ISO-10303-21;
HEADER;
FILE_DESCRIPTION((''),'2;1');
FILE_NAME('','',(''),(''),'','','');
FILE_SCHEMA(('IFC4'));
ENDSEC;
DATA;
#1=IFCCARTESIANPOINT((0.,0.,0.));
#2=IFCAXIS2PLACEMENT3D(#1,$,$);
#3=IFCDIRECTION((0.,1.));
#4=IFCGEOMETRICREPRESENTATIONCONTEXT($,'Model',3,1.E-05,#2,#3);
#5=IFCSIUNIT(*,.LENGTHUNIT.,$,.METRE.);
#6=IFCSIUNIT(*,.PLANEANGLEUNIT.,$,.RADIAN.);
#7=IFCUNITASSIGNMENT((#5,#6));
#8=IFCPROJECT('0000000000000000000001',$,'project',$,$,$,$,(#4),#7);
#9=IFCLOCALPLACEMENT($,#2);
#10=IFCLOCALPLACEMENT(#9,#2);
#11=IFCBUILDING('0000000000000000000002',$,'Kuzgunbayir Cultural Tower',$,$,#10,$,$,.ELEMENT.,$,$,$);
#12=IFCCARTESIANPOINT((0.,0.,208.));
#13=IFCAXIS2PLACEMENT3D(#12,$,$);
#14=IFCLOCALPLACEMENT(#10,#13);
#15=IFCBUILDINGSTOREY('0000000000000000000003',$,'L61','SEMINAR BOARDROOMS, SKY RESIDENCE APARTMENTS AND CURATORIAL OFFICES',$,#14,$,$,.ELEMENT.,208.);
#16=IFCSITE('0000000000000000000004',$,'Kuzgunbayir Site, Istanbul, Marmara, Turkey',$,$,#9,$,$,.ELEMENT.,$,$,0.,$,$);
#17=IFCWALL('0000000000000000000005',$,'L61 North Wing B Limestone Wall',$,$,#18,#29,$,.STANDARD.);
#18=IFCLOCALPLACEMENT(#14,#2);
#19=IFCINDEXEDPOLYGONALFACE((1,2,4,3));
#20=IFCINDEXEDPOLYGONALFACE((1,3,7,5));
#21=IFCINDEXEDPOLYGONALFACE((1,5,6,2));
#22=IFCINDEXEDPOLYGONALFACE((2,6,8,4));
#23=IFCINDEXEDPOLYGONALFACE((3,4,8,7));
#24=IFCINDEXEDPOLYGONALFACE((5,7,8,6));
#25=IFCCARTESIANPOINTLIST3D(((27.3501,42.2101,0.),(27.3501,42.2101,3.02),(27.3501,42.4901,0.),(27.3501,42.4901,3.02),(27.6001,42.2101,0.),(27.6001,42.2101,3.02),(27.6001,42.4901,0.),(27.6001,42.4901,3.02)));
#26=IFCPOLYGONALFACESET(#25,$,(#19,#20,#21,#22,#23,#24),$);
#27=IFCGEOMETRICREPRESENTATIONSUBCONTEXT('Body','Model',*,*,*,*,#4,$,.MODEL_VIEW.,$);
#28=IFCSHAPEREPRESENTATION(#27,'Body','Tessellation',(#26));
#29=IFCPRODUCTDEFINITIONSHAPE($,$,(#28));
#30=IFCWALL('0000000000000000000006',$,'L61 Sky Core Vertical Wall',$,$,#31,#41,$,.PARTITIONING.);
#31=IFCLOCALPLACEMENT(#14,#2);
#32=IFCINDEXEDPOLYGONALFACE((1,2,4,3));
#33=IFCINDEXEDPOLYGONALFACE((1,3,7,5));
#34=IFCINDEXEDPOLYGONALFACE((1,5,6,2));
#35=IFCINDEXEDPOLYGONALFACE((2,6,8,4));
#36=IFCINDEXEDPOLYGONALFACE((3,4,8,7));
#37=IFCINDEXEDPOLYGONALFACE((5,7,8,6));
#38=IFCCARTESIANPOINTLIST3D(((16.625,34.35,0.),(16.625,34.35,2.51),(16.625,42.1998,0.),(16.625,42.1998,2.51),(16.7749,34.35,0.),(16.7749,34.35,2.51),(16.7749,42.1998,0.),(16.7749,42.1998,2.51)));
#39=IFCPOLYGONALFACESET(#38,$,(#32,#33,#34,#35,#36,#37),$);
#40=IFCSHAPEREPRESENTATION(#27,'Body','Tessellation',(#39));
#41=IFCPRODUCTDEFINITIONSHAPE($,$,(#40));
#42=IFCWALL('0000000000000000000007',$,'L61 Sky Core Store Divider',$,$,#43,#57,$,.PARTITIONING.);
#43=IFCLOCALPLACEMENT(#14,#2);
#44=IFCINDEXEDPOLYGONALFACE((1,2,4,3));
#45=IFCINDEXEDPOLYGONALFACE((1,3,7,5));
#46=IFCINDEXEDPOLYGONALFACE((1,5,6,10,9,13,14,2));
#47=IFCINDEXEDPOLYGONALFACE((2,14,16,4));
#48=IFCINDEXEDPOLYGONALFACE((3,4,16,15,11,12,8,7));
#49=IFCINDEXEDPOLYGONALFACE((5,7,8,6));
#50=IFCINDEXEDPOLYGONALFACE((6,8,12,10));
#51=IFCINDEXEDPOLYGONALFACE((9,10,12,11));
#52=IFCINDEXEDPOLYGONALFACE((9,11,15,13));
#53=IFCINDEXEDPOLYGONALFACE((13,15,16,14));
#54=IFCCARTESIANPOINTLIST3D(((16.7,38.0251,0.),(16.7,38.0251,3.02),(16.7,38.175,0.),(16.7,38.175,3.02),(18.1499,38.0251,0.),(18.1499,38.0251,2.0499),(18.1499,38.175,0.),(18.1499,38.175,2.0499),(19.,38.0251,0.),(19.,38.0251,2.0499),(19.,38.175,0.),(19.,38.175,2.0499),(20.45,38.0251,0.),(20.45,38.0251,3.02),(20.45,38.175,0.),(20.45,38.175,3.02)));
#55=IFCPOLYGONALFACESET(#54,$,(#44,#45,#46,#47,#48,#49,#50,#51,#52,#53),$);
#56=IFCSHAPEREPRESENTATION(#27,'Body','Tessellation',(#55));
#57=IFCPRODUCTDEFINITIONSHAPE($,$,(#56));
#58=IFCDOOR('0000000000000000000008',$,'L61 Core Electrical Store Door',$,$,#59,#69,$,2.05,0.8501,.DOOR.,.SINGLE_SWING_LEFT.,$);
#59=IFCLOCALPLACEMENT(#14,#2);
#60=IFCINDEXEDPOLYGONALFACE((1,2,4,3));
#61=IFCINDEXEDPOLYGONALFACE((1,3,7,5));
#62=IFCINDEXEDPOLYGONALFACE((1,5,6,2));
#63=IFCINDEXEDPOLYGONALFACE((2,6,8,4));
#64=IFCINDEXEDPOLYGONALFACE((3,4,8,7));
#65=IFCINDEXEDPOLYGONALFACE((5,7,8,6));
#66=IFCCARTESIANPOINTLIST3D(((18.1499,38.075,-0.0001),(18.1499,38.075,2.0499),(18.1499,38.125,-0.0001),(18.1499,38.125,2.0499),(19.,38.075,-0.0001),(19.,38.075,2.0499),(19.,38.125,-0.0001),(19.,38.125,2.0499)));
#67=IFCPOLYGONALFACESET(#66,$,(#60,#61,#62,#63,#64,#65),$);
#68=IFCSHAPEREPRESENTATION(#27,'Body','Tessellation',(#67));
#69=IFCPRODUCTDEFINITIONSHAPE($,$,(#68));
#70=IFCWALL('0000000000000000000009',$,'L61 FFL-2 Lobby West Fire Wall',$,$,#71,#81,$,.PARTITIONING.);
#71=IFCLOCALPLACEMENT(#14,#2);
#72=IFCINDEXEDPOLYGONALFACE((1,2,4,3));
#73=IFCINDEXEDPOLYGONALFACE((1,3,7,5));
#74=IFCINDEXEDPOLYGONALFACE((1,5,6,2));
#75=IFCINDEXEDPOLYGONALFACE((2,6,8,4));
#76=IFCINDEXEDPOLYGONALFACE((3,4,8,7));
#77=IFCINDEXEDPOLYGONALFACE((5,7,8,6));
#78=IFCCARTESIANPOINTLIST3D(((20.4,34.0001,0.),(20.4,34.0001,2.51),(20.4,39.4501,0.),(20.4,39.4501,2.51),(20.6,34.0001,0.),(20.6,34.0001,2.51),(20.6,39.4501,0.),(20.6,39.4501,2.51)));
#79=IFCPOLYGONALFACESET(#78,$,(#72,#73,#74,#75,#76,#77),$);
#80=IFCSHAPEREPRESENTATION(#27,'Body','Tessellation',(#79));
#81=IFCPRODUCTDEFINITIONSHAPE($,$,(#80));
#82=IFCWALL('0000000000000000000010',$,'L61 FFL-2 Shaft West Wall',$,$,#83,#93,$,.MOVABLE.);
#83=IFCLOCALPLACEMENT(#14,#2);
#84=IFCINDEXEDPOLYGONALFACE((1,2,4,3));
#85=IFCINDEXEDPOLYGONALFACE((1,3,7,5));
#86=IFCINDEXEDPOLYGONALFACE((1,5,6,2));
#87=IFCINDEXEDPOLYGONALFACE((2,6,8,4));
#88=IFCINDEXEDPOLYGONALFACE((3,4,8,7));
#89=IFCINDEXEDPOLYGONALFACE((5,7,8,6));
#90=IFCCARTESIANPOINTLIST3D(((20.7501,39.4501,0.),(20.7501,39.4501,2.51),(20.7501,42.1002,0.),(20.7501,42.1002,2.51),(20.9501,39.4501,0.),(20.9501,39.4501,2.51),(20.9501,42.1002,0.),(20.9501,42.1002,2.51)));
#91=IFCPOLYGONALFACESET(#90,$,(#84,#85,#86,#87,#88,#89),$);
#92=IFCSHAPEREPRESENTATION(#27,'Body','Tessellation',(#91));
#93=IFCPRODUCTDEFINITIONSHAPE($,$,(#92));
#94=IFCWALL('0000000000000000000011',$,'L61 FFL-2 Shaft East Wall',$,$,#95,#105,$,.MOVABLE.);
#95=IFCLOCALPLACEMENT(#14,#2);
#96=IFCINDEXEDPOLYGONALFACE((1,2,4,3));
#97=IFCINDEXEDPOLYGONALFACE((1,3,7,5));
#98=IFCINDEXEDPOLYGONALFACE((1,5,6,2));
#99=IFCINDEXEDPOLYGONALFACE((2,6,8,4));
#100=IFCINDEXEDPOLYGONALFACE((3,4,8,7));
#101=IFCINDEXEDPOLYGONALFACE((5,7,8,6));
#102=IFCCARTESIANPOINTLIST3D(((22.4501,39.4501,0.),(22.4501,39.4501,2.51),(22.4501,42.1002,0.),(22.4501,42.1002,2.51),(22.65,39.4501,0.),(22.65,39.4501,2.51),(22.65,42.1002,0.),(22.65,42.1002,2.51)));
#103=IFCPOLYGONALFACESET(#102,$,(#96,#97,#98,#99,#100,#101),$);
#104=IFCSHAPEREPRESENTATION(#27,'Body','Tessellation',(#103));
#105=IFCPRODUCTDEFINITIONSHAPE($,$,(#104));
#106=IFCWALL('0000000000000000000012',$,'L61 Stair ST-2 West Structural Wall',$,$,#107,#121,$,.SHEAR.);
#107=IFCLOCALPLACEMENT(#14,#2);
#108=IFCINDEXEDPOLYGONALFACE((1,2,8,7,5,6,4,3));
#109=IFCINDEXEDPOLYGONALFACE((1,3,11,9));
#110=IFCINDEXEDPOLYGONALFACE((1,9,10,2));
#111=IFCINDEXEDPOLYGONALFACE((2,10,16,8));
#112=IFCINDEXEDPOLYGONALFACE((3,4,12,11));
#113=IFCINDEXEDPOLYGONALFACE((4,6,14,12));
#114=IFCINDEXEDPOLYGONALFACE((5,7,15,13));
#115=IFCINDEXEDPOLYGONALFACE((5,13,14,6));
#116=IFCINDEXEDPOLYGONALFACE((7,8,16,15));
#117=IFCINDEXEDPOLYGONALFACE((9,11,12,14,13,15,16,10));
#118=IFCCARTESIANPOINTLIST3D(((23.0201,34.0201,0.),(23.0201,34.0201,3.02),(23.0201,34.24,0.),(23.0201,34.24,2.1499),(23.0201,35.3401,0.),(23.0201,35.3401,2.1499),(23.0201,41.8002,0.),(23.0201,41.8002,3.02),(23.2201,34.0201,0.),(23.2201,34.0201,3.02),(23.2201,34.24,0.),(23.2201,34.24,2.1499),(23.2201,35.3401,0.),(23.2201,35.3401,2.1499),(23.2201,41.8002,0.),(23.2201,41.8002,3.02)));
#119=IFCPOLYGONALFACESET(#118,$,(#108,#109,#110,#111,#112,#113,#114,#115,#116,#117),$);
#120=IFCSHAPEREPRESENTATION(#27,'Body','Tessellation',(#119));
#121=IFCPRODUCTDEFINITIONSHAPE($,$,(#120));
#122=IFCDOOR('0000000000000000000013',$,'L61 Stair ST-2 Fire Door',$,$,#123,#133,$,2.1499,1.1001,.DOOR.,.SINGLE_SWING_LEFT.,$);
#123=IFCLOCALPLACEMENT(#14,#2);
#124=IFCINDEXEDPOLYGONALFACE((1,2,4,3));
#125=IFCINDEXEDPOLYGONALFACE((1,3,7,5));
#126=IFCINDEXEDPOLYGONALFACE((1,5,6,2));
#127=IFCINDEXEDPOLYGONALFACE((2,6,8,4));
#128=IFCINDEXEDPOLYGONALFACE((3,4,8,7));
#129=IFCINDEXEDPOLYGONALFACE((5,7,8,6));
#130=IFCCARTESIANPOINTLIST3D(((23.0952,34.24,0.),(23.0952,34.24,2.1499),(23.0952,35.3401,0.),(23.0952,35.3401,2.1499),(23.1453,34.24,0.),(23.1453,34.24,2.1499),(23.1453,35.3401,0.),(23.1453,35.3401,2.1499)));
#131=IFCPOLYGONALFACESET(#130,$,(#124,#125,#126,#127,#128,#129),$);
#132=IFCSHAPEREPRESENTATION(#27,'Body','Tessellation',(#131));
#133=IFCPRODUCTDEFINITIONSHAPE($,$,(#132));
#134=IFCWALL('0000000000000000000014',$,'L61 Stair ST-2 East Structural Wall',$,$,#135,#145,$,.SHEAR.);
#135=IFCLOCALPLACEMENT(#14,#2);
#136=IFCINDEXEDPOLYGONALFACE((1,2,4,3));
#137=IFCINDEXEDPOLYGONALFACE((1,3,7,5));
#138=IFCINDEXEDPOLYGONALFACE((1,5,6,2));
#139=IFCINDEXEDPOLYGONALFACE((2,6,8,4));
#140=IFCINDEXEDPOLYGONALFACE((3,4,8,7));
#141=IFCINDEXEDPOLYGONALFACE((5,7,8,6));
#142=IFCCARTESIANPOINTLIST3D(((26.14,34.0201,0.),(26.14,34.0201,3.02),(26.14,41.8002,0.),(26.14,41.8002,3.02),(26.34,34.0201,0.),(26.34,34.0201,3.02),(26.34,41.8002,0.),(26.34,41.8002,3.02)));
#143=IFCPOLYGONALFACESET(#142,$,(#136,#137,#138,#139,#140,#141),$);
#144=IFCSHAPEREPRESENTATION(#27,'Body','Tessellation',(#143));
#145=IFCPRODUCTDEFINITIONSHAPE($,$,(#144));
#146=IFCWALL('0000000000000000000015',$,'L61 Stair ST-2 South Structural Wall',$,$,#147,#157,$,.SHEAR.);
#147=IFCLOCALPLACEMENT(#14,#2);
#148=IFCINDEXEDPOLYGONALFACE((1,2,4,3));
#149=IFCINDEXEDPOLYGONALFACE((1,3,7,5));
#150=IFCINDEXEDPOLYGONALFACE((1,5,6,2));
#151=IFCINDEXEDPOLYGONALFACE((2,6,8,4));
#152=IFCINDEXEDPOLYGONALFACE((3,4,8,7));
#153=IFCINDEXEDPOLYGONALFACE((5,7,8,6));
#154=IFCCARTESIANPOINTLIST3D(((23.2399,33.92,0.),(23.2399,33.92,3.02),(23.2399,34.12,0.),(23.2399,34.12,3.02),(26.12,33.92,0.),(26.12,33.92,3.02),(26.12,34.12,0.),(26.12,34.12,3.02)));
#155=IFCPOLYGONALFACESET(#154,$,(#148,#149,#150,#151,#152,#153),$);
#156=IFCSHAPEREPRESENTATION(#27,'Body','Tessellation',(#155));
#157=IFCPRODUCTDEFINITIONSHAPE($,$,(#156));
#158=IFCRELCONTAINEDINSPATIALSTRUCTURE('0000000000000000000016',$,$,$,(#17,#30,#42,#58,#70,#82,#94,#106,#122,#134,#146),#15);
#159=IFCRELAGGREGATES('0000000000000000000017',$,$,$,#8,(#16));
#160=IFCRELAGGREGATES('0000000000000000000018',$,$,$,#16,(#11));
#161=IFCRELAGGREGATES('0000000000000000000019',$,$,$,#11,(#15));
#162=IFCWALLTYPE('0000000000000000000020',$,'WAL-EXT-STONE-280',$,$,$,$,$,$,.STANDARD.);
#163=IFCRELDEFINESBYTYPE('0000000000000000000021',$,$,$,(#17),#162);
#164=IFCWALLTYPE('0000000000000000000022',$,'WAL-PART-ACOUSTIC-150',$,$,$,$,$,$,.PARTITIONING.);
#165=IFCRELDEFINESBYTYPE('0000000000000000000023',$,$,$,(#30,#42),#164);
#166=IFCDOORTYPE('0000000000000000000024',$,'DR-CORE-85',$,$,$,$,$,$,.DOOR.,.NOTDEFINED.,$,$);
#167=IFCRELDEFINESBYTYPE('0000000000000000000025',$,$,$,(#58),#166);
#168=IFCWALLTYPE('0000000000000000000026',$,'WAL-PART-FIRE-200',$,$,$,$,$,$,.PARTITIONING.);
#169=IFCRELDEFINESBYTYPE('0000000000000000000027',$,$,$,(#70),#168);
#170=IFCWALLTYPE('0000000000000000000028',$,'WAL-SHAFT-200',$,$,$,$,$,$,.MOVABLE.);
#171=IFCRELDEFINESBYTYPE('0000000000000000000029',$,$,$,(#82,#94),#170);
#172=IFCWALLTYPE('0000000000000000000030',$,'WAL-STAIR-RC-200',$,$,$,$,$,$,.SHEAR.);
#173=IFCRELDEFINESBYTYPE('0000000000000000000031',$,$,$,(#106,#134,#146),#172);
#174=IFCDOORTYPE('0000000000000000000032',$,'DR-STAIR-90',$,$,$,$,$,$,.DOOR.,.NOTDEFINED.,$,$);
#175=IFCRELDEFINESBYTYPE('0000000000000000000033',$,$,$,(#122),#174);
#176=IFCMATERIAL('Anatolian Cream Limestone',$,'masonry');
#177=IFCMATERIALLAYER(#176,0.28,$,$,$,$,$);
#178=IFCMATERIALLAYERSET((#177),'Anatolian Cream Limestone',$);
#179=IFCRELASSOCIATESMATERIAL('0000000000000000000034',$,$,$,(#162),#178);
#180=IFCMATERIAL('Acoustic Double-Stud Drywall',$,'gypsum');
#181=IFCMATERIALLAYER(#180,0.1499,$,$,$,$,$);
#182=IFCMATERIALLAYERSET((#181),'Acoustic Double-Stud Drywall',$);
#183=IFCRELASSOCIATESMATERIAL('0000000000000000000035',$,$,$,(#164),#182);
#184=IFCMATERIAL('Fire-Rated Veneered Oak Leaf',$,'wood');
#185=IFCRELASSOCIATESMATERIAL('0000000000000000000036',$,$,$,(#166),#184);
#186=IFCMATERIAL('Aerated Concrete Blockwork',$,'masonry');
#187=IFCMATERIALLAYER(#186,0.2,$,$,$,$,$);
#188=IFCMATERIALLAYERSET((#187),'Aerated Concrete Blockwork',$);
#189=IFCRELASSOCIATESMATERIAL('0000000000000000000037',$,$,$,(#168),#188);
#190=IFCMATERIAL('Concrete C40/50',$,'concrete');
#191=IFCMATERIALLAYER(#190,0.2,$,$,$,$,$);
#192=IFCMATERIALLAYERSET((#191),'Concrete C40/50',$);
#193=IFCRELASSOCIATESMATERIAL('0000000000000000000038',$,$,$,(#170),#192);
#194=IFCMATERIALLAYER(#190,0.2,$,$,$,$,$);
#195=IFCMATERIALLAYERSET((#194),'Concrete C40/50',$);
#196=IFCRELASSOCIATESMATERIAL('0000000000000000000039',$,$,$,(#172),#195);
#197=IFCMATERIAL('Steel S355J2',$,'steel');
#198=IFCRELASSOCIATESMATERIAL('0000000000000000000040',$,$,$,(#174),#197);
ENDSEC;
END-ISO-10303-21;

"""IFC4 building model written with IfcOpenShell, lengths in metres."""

from ifc_helpers import new_model, si_unit, direction, frame, frame_2d, origin, place, context, subcontext, project, spatial, rectangle, extrude, material, layer, layer_set, type_object, element, fill, save


model = new_model("IFC4")

# Units and contexts
model_context = context("Model", 3, precision=1e-05, world=origin(), true_north=direction((0.0, 1.0)))
body_context = subcontext(model_context, "Body", "Model", "MODEL_VIEW")
ifc_project = project(units=[si_unit("LENGTHUNIT", "METRE"), si_unit("PLANEANGLEUNIT", "RADIAN")], contexts=[model_context])

# Site, building, storey
site_placement = place(None, origin())
site = spatial("IfcSite", under=ifc_project, at=site_placement, Name="Kuzgunbayir Site, Istanbul, Marmara, Turkey", CompositionType="ELEMENT", RefElevation=0.0)
building_placement = place(site_placement, origin())
building = spatial("IfcBuilding", under=site, at=building_placement, Name="Kuzgunbayir Cultural Tower", CompositionType="ELEMENT")
storey_placement = place(building_placement, frame((0.0, 0.0, 208.0)))
storey = spatial("IfcBuildingStorey", under=building, at=storey_placement, Name="L61", Description="SEMINAR BOARDROOMS, SKY RESIDENCE APARTMENTS AND CURATORIAL OFFICES", CompositionType="ELEMENT", Elevation=208.0)

# Shared definitions
ifc_material_1 = material(Name="Steel S355J2", Category="steel")

# Walls
ifc_material_2 = material(Name="Anatolian Cream Limestone", Category="masonry")
ifc_layer_1 = layer(ifc_material_2, 0.28)
ifc_layer_set_1 = layer_set([ifc_layer_1], Name="Anatolian Cream Limestone")
wall_type_1 = type_object("IfcWallType", Name="WAL-EXT-STONE-280", PredefinedType="STANDARD", material=ifc_layer_set_1)
wall_1_placement = place(storey_placement, frame((27.6001, 42.3501, 0.0), z_axis=(0.0, 0.0, 1.0), x_axis=(-1.0, 0.0, 0.0)))
element("IfcWall", 1, at=wall_1_placement, inside=storey, type_object=wall_type_1, Name="L61 North Wing B Limestone Wall", PredefinedType="STANDARD", context=body_context, shape_type="SweptSolid", body=[
    extrude(rectangle(XDim=0.25, YDim=0.28, at=frame_2d((0.125, 0.0))), origin(), (0.0, 0.0, 1.0), 3.02),
])
ifc_material_3 = material(Name="Acoustic Double-Stud Drywall", Category="gypsum")
ifc_layer_2 = layer(ifc_material_3, 0.1499)
ifc_layer_set_2 = layer_set([ifc_layer_2], Name="Acoustic Double-Stud Drywall")
wall_type_2 = type_object("IfcWallType", Name="WAL-PART-ACOUSTIC-150", PredefinedType="PARTITIONING", material=ifc_layer_set_2)
wall_2_placement = place(storey_placement, frame((16.7, 34.3501, 0.0), z_axis=(0.0, 0.0, 1.0), x_axis=(0.0, 1.0, 0.0)))
element("IfcWall", 2, at=wall_2_placement, inside=storey, type_object=wall_type_2, Name="L61 Sky Core Vertical Wall", PredefinedType="PARTITIONING", context=body_context, shape_type="SweptSolid", body=[
    extrude(rectangle(XDim=7.8499, YDim=0.1499, at=frame_2d((3.9248, 0.0))), origin(), (0.0, 0.0, 1.0), 2.51),
])

# Wall, opening, door
wall_3_placement = place(storey_placement, frame((16.7, 38.1001, 0.0), z_axis=(0.0, 0.0, 1.0), x_axis=(1.0, 0.0, 0.0)))
wall_3 = element("IfcWall", 3, at=wall_3_placement, inside=storey, type_object=wall_type_2, Name="L61 Sky Core Store Divider", PredefinedType="PARTITIONING", context=body_context, shape_type="SweptSolid", body=[
    extrude(rectangle(XDim=3.75, YDim=0.1499, at=frame_2d((1.875, 0.0))), origin(), (0.0, 0.0, 1.0), 3.02),
])
opening_1_placement = place(wall_3_placement, frame((1.45, 0.0, 0.0)))
opening_1 = element("IfcOpeningElement", 4, at=opening_1_placement, cuts=wall_3, PredefinedType="OPENING", context=body_context, shape_type="SweptSolid", body=[
    extrude(rectangle(XDim=0.8501, YDim=2.05, at=frame_2d((0.425, 1.0249))), frame((0.0, 0.085, 0.0), z_axis=(0.0, -1.0, 0.0), x_axis=(1.0, 0.0, 0.0)), (0.0, 0.0, 1.0), 0.1699),
])
ifc_material_4 = material(Name="Fire-Rated Veneered Oak Leaf", Category="wood")
door_type_1 = type_object("IfcDoorType", Name="DR-CORE-85", OperationType="NOTDEFINED", PredefinedType="DOOR", material=ifc_material_4)
door_1_placement = place(opening_1_placement, origin())
door_1 = element("IfcDoor", 5, at=door_1_placement, inside=storey, type_object=door_type_1, Name="L61 Core Electrical Store Door", OperationType="SINGLE_SWING_LEFT", OverallHeight=2.05, OverallWidth=0.8501, PredefinedType="DOOR", context=body_context, shape_type="SweptSolid", body=[
    extrude(rectangle(XDim=0.8501, YDim=2.05, at=frame_2d((0.425, 1.0249))), frame((0.0, 0.0249, 0.0), z_axis=(0.0, -1.0, 0.0), x_axis=(1.0, 0.0, 0.0)), (0.0, 0.0, 1.0), 0.05),
])
fill(opening_1, door_1)

# Wall
ifc_material_5 = material(Name="Aerated Concrete Blockwork", Category="masonry")
ifc_layer_3 = layer(ifc_material_5, 0.2)
ifc_layer_set_3 = layer_set([ifc_layer_3], Name="Aerated Concrete Blockwork")
wall_type_3 = type_object("IfcWallType", Name="WAL-PART-FIRE-200", PredefinedType="PARTITIONING", material=ifc_layer_set_3)
wall_4_placement = place(storey_placement, frame((20.5, 34.0, 0.0), z_axis=(0.0, 0.0, 1.0), x_axis=(0.0, 1.0, 0.0)))
element("IfcWall", 6, at=wall_4_placement, inside=storey, type_object=wall_type_3, Name="L61 FFL-2 Lobby West Fire Wall", PredefinedType="PARTITIONING", context=body_context, shape_type="SweptSolid", body=[
    extrude(rectangle(XDim=5.45, YDim=0.2, at=frame_2d((2.7251, 0.0))), origin(), (0.0, 0.0, 1.0), 2.51),
])

# Shared definitions
ifc_material_6 = material(Name="Concrete C40/50", Category="concrete")
ifc_layer_4 = layer(ifc_material_6, 0.2)
ifc_layer_set_4 = layer_set([ifc_layer_4], Name="Concrete C40/50")
wall_type_4 = type_object("IfcWallType", Name="WAL-SHAFT-200", PredefinedType="MOVABLE", material=ifc_layer_set_4)

# Walls
for number, where, z_axis, x_axis, name in (
    (7, (20.8501, 39.45, 0.0), (0.0, 0.0, 1.0), (0.0, 1.0, 0.0), "L61 FFL-2 Shaft West Wall"),
    (8, (22.55, 39.45, 0.0), (0.0, 0.0, 1.0), (0.0, 1.0, 0.0), "L61 FFL-2 Shaft East Wall"),
):
    element("IfcWall", number, at=place(storey_placement, frame(where, z_axis=z_axis, x_axis=x_axis)), inside=storey, type_object=wall_type_4, Name=name, PredefinedType="MOVABLE", context=body_context, shape_type="SweptSolid", body=[
        extrude(rectangle(XDim=2.6501, YDim=0.2, at=frame_2d((1.3252, 0.0))), origin(), (0.0, 0.0, 1.0), 2.51),
    ])

# Wall, opening, door
ifc_layer_5 = layer(ifc_material_6, 0.2)
ifc_layer_set_5 = layer_set([ifc_layer_5], Name="Concrete C40/50")
wall_type_5 = type_object("IfcWallType", Name="WAL-STAIR-RC-200", PredefinedType="SHEAR", material=ifc_layer_set_5)
wall_5_placement = place(storey_placement, frame((23.1201, 34.02, 0.0), z_axis=(0.0, 0.0, 1.0), x_axis=(0.0, 1.0, 0.0)))
wall_5 = element("IfcWall", 9, at=wall_5_placement, inside=storey, type_object=wall_type_5, Name="L61 Stair ST-2 West Structural Wall", PredefinedType="SHEAR", context=body_context, shape_type="SweptSolid", body=[
    extrude(rectangle(XDim=7.78, YDim=0.2, at=frame_2d((3.8901, 0.0))), origin(), (0.0, 0.0, 1.0), 3.02),
])
opening_2_placement = place(wall_5_placement, frame((0.22, 0.0, 0.0)))
opening_2 = element("IfcOpeningElement", 10, at=opening_2_placement, cuts=wall_5, PredefinedType="OPENING", context=body_context, shape_type="SweptSolid", body=[
    extrude(rectangle(XDim=1.1001, YDim=2.1499, at=frame_2d((0.55, 1.075))), frame((0.0, 0.1099, 0.0), z_axis=(0.0, -1.0, 0.0), x_axis=(1.0, 0.0, 0.0)), (0.0, 0.0, 1.0), 0.22),
])
door_type_2 = type_object("IfcDoorType", Name="DR-STAIR-90", OperationType="NOTDEFINED", PredefinedType="DOOR", material=ifc_material_1)
door_2_placement = place(opening_2_placement, origin())
door_2 = element("IfcDoor", 11, at=door_2_placement, inside=storey, type_object=door_type_2, Name="L61 Stair ST-2 Fire Door", OperationType="SINGLE_SWING_LEFT", OverallHeight=2.1499, OverallWidth=1.1001, PredefinedType="DOOR", context=body_context, shape_type="SweptSolid", body=[
    extrude(rectangle(XDim=1.1001, YDim=2.1499, at=frame_2d((0.55, 1.075))), frame((0.0, 0.0249, 0.0), z_axis=(0.0, -1.0, 0.0), x_axis=(1.0, 0.0, 0.0)), (0.0, 0.0, 1.0), 0.05),
])
fill(opening_2, door_2)

# Walls
wall_6_placement = place(storey_placement, frame((26.24, 34.02, 0.0), z_axis=(0.0, 0.0, 1.0), x_axis=(0.0, 1.0, 0.0)))
element("IfcWall", 12, at=wall_6_placement, inside=storey, type_object=wall_type_5, Name="L61 Stair ST-2 East Structural Wall", PredefinedType="SHEAR", context=body_context, shape_type="SweptSolid", body=[
    extrude(rectangle(XDim=7.78, YDim=0.2, at=frame_2d((3.8901, 0.0))), origin(), (0.0, 0.0, 1.0), 3.02),
])
wall_7_placement = place(storey_placement, frame((23.24, 34.02, 0.0), z_axis=(0.0, 0.0, 1.0), x_axis=(1.0, 0.0, 0.0)))
element("IfcWall", 13, at=wall_7_placement, inside=storey, type_object=wall_type_5, Name="L61 Stair ST-2 South Structural Wall", PredefinedType="SHEAR", context=body_context, shape_type="SweptSolid", body=[
    extrude(rectangle(XDim=2.8801, YDim=0.2, at=frame_2d((1.4399, 0.0))), origin(), (0.0, 0.0, 1.0), 3.02),
])

save(model, "model.ifc")
